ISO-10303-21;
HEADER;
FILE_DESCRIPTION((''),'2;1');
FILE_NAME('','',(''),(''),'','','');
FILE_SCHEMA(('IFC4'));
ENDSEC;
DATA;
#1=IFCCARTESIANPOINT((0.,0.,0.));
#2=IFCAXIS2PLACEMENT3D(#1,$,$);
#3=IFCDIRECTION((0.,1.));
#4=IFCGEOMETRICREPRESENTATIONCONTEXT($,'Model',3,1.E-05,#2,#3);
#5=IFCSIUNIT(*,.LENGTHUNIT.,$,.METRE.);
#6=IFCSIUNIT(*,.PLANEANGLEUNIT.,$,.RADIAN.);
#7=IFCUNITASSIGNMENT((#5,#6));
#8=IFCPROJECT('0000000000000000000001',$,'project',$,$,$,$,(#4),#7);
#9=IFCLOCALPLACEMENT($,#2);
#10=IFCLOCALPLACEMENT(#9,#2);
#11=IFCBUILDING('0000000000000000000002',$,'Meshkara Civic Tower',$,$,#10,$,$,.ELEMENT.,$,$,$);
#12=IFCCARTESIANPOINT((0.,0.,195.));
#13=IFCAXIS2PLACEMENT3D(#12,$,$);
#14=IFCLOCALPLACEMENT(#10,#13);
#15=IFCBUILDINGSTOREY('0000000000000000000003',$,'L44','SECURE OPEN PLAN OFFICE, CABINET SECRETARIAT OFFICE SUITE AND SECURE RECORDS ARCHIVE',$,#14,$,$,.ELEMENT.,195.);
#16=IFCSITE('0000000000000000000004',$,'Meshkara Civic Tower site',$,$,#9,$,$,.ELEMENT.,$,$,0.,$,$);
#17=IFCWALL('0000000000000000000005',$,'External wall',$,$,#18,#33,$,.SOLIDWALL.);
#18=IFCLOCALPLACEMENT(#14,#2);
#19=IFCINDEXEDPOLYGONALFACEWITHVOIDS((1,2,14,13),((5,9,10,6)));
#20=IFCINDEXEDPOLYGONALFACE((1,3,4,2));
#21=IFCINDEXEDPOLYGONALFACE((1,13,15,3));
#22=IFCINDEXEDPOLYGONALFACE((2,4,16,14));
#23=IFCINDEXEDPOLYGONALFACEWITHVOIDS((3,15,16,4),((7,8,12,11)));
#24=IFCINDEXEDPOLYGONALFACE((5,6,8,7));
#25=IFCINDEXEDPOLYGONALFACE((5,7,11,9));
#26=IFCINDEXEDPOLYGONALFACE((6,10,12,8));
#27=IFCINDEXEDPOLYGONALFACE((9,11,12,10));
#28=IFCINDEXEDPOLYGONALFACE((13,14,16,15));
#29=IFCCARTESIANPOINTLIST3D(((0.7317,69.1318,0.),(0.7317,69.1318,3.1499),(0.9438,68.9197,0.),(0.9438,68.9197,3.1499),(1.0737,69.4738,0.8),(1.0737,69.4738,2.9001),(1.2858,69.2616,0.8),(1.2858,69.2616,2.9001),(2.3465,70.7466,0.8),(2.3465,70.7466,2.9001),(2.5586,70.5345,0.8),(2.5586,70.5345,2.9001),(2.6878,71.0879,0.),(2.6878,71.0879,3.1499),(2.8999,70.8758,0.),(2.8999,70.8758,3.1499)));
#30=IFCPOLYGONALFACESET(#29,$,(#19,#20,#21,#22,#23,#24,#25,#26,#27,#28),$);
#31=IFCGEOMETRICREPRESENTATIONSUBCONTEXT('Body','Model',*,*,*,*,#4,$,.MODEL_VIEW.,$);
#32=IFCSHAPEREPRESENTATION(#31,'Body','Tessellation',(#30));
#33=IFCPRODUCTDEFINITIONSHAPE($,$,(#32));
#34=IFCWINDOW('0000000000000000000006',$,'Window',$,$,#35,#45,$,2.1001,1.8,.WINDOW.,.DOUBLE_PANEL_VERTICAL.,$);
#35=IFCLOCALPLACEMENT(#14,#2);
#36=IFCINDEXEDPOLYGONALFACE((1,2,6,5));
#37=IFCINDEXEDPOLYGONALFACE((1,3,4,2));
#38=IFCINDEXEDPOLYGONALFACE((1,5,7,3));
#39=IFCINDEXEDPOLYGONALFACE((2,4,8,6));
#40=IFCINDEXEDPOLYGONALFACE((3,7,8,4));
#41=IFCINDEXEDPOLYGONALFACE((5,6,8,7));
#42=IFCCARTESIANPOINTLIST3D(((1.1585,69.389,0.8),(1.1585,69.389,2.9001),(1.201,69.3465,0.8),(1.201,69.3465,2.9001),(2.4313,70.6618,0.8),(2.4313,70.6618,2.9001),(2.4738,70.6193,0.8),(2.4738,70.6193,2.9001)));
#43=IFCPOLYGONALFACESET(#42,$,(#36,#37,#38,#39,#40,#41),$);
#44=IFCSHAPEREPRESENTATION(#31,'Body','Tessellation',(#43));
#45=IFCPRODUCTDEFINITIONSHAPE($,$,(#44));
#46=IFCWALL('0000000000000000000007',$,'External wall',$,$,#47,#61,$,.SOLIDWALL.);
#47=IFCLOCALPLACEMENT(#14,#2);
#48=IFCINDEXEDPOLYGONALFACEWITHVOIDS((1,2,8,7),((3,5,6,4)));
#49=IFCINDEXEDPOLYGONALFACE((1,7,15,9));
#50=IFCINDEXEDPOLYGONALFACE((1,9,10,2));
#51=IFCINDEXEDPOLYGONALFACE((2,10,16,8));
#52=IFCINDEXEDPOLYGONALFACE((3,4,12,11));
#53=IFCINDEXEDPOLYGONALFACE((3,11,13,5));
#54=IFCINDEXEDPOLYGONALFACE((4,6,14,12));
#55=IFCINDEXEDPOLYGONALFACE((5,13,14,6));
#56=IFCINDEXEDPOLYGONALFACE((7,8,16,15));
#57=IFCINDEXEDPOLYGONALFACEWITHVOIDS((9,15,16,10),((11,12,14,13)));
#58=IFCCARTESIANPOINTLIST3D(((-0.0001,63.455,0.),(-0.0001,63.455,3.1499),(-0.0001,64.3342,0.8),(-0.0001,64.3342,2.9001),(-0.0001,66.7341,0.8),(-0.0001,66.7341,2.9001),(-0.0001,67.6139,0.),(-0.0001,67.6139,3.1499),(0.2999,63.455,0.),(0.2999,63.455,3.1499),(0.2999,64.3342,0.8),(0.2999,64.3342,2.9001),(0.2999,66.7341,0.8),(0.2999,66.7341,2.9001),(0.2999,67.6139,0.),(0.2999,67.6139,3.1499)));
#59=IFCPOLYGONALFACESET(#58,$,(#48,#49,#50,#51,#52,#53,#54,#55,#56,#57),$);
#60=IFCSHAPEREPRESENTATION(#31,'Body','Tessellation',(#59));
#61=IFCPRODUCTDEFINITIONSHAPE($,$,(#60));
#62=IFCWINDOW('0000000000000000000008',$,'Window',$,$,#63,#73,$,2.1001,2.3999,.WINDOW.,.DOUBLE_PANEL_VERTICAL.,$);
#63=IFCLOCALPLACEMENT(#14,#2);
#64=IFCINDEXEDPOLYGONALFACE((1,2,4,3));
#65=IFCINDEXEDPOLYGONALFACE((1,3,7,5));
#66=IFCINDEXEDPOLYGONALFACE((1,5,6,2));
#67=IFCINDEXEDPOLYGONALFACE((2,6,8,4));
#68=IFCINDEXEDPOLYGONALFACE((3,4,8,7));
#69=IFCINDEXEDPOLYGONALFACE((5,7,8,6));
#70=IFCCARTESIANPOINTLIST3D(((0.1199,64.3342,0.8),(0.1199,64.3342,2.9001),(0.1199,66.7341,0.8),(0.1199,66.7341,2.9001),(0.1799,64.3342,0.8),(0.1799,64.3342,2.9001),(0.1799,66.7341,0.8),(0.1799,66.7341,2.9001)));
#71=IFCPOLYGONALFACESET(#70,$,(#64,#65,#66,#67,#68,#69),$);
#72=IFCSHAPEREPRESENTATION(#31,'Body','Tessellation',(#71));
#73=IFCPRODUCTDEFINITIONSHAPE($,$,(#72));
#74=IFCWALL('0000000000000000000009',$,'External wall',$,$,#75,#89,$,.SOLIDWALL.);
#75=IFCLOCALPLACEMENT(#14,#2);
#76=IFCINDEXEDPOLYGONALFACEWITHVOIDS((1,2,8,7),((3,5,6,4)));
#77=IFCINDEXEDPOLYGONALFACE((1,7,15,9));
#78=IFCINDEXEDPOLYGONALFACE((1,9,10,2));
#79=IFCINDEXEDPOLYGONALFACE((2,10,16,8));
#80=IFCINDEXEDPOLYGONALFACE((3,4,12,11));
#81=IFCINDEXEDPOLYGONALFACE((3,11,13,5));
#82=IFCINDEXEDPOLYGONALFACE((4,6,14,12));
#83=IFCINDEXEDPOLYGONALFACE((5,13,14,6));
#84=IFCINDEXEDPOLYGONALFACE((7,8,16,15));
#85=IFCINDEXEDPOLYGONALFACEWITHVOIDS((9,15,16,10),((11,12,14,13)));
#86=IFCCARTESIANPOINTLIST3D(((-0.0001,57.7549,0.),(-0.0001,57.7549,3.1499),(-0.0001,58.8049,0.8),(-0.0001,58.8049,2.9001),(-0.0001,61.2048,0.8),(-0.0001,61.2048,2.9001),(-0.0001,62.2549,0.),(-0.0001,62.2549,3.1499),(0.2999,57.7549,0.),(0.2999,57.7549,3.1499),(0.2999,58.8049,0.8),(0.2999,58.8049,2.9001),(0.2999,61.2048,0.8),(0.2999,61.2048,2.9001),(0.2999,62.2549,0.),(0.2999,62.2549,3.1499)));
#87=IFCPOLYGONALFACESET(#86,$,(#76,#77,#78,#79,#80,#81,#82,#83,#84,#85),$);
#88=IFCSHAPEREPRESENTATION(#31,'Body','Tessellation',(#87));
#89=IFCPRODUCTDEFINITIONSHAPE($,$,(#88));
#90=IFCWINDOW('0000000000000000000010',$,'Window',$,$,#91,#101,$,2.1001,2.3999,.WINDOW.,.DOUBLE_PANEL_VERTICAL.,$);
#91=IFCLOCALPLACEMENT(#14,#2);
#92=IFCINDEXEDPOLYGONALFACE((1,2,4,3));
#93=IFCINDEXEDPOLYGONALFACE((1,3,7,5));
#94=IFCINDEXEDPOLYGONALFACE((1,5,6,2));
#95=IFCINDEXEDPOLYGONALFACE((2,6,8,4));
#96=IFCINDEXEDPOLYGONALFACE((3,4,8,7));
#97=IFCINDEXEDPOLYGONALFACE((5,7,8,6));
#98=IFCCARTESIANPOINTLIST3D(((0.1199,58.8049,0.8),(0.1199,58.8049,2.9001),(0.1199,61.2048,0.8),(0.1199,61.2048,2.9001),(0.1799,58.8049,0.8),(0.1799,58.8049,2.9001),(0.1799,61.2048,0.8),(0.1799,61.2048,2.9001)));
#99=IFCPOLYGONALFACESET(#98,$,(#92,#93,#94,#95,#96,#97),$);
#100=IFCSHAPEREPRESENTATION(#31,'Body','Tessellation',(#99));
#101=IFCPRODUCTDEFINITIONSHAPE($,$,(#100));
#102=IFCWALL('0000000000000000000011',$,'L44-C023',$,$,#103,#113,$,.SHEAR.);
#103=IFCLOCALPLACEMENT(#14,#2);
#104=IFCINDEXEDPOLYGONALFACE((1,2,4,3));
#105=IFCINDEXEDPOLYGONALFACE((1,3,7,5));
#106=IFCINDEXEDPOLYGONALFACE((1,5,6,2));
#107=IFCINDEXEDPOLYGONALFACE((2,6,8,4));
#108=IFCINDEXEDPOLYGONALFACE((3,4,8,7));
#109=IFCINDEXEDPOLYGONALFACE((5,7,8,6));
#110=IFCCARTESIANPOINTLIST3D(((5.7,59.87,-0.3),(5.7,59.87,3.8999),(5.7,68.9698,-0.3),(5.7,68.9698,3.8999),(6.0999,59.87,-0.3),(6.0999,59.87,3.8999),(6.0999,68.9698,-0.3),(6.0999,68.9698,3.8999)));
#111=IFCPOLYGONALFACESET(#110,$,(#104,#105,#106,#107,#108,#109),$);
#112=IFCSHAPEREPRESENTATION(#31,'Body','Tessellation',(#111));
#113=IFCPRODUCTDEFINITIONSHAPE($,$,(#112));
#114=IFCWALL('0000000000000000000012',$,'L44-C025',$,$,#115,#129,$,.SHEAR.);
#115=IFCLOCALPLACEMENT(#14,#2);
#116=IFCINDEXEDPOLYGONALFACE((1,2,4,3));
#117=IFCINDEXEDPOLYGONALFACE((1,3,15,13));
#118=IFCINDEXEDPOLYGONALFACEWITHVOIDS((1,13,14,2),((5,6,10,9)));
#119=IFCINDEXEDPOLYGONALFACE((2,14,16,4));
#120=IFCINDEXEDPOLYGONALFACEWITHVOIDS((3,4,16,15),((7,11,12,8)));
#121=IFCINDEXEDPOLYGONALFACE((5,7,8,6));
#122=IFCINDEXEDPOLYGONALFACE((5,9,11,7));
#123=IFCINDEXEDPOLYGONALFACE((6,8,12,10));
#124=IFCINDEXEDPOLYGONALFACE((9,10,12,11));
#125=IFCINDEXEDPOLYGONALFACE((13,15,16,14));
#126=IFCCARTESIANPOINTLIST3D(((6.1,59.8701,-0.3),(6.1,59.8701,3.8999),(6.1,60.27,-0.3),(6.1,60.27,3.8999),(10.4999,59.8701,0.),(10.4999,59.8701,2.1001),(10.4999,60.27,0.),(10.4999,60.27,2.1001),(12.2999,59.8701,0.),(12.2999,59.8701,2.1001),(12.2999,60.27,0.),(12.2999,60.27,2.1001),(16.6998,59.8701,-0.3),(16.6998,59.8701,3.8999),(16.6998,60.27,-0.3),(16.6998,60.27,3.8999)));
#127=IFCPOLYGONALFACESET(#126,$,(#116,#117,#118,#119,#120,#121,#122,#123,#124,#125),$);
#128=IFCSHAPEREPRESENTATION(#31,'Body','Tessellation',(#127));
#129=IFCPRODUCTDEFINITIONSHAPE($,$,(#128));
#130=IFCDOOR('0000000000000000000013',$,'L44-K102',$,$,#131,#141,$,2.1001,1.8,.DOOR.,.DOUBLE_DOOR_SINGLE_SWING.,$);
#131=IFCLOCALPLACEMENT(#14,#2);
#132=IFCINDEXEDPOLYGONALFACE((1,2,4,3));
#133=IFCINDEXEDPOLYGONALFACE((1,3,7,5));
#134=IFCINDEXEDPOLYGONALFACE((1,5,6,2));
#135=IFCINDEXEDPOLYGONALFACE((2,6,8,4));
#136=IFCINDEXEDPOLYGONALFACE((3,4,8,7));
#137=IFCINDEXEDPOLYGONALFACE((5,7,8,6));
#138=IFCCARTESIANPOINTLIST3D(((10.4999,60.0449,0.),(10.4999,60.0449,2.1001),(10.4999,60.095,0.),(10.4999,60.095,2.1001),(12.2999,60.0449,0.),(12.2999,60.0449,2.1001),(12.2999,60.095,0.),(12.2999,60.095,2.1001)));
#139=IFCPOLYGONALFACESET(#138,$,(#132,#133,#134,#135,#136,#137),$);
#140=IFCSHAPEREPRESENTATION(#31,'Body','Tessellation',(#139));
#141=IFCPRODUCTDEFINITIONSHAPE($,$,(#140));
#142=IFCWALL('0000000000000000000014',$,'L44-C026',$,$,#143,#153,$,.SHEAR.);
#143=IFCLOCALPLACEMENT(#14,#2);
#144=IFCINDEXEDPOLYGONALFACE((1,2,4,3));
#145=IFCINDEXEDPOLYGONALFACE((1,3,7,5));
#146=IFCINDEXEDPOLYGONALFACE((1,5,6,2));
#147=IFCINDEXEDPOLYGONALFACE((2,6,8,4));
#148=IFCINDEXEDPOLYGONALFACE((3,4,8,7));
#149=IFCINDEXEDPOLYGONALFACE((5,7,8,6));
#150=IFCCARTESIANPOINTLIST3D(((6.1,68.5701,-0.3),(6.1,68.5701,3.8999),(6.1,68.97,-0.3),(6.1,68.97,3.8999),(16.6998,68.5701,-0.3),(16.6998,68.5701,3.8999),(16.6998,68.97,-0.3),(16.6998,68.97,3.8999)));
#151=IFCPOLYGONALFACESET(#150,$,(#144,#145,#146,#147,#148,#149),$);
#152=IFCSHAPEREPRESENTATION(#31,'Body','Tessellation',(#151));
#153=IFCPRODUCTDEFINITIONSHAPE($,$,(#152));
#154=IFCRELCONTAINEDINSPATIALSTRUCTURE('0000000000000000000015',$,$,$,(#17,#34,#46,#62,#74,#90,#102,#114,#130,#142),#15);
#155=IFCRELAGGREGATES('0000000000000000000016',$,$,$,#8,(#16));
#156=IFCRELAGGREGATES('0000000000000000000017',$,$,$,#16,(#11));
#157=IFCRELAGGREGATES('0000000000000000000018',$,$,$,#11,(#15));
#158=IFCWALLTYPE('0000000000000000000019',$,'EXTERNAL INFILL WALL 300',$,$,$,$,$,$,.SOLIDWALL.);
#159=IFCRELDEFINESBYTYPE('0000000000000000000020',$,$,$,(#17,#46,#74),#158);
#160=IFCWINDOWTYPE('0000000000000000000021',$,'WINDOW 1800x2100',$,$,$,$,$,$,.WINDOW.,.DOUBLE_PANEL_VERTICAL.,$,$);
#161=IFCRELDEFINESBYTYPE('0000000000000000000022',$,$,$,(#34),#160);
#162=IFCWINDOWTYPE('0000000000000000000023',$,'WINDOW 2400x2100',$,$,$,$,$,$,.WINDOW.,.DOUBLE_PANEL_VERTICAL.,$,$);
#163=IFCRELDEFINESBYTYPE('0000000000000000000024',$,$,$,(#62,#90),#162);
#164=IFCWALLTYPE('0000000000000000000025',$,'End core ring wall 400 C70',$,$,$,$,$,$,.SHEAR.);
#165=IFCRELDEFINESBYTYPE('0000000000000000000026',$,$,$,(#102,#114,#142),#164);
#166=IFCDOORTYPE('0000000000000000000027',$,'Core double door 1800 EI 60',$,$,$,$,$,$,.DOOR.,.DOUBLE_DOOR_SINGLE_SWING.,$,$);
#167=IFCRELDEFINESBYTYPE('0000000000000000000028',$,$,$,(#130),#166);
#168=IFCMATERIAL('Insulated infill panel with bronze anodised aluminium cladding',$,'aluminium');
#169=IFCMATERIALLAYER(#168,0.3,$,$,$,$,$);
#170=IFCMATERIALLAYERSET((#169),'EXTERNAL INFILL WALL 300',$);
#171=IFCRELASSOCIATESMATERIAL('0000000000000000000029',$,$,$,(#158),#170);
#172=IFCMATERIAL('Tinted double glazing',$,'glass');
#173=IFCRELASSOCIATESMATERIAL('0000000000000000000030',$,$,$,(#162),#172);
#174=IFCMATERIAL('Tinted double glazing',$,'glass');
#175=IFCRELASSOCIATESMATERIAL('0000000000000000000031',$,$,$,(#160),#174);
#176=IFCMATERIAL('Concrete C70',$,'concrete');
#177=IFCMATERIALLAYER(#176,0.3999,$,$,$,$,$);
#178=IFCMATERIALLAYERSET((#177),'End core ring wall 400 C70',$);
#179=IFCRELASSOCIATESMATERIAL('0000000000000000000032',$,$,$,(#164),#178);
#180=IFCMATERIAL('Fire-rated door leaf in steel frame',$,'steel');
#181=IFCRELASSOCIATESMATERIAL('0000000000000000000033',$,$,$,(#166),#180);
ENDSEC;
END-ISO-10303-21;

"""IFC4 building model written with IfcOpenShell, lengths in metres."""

from ifc_helpers import new_model, si_unit, direction, frame, frame_2d, origin, place, context, subcontext, project, spatial, rectangle, extrude, material, layer, layer_set, type_object, element, fill, save


model = new_model("IFC4")

# Units and contexts
model_context = context("Model", 3, precision=1e-05, world=origin(), true_north=direction((0.0, 1.0)))
body_context = subcontext(model_context, "Body", "Model", "MODEL_VIEW")
ifc_project = project(units=[si_unit("LENGTHUNIT", "METRE"), si_unit("PLANEANGLEUNIT", "RADIAN")], contexts=[model_context])

# Site, building, storey
site_placement = place(None, origin())
site = spatial("IfcSite", under=ifc_project, at=site_placement, Name="Meshkara Civic Tower site", CompositionType="ELEMENT", RefElevation=0.0)
building_placement = place(site_placement, origin())
building = spatial("IfcBuilding", under=site, at=building_placement, Name="Meshkara Civic Tower", CompositionType="ELEMENT")
storey_placement = place(building_placement, frame((0.0, 0.0, 195.0)))
storey = spatial("IfcBuildingStorey", under=building, at=storey_placement, Name="L44", Description="SECURE OPEN PLAN OFFICE, CABINET SECRETARIAT OFFICE SUITE AND SECURE RECORDS ARCHIVE", CompositionType="ELEMENT", Elevation=195.0)

# Walls, openings, windows
ifc_material_1 = material(Name="Insulated infill panel with bronze anodised aluminium cladding", Category="aluminium")
ifc_layer_1 = layer(ifc_material_1, 0.3)
ifc_layer_set_1 = layer_set([ifc_layer_1], Name="EXTERNAL INFILL WALL 300")
wall_type_1 = type_object("IfcWallType", Name="EXTERNAL INFILL WALL 300", PredefinedType="SOLIDWALL", material=ifc_layer_set_1)
ifc_material_2 = material(Name="Tinted double glazing", Category="glass")
window_type_1 = type_object("IfcWindowType", Name="WINDOW 2400x2100", PartitioningType="DOUBLE_PANEL_VERTICAL", PredefinedType="WINDOW", material=ifc_material_2)
wall_1_placement = place(storey_placement, frame((2.7939, 70.9819, 0.0), z_axis=(0.0, 0.0, 1.0), x_axis=(-0.707107, -0.707107, 0.0)))
wall_1 = element("IfcWall", 1, at=wall_1_placement, inside=storey, type_object=wall_type_1, Name="External wall", PredefinedType="SOLIDWALL", context=body_context, shape_type="SweptSolid", body=[
    extrude(rectangle(XDim=2.7664, YDim=0.3, at=frame_2d((1.3833, 0.0))), origin(), (0.0, 0.0, 1.0), 3.1499),
])
opening_1_placement = place(wall_1_placement, frame((0.4829, 0.0, 0.8)))
opening_1 = element("IfcOpeningElement", 2, at=opening_1_placement, cuts=wall_1, PredefinedType="OPENING", context=body_context, shape_type="SweptSolid", body=[
    extrude(rectangle(XDim=1.8, YDim=2.1001, at=frame_2d((0.8999, 1.05))), frame((0.0, 0.1599, 0.0), z_axis=(0.0, -1.0, 0.0), x_axis=(1.0, 0.0, 0.0)), (0.0, 0.0, 1.0), 0.3201),
])
ifc_material_3 = material(Name="Tinted double glazing", Category="glass")
window_type_2 = type_object("IfcWindowType", Name="WINDOW 1800x2100", PartitioningType="DOUBLE_PANEL_VERTICAL", PredefinedType="WINDOW", material=ifc_material_3)
window_1_placement = place(opening_1_placement, origin())
window_1 = element("IfcWindow", 3, at=window_1_placement, inside=storey, type_object=window_type_2, Name="Window", OverallHeight=2.1001, OverallWidth=1.8, PartitioningType="DOUBLE_PANEL_VERTICAL", PredefinedType="WINDOW", context=body_context, shape_type="SweptSolid", body=[
    extrude(rectangle(XDim=1.8, YDim=2.1001, at=frame_2d((0.8999, 1.05))), frame((0.0, 0.03, 0.0), z_axis=(0.0, -1.0, 0.0), x_axis=(1.0, 0.0, 0.0)), (0.0, 0.0, 1.0), 0.0601),
])
fill(opening_1, window_1)
wall_2_placement = place(storey_placement, frame((0.1499, 67.614, 0.0), z_axis=(0.0, 0.0, 1.0), x_axis=(0.0, -1.0, 0.0)))
wall_2 = element("IfcWall", 4, at=wall_2_placement, inside=storey, type_object=wall_type_1, Name="External wall", PredefinedType="SOLIDWALL", context=body_context, shape_type="SweptSolid", body=[
    extrude(rectangle(XDim=4.1589, YDim=0.3, at=frame_2d((2.0796, 0.0))), origin(), (0.0, 0.0, 1.0), 3.1499),
])
opening_2_placement = place(wall_2_placement, frame((0.8799, 0.0, 0.8)))
opening_2 = element("IfcOpeningElement", 5, at=opening_2_placement, cuts=wall_2, PredefinedType="OPENING", context=body_context, shape_type="SweptSolid", body=[
    extrude(rectangle(XDim=2.3999, YDim=2.1001, at=frame_2d((1.2, 1.05))), frame((0.0, 0.1599, 0.0), z_axis=(0.0, -1.0, 0.0), x_axis=(1.0, 0.0, 0.0)), (0.0, 0.0, 1.0), 0.3201),
])
window_2_placement = place(opening_2_placement, origin())
window_2 = element("IfcWindow", 6, at=window_2_placement, inside=storey, type_object=window_type_1, Name="Window", OverallHeight=2.1001, OverallWidth=2.3999, PartitioningType="DOUBLE_PANEL_VERTICAL", PredefinedType="WINDOW", context=body_context, shape_type="SweptSolid", body=[
    extrude(rectangle(XDim=2.3999, YDim=2.1001, at=frame_2d((1.2, 1.05))), frame((0.0, 0.03, 0.0), z_axis=(0.0, -1.0, 0.0), x_axis=(1.0, 0.0, 0.0)), (0.0, 0.0, 1.0), 0.0601),
])
fill(opening_2, window_2)
wall_3_placement = place(storey_placement, frame((0.1499, 62.2549, 0.0), z_axis=(0.0, 0.0, 1.0), x_axis=(0.0, -1.0, 0.0)))
wall_3 = element("IfcWall", 7, at=wall_3_placement, inside=storey, type_object=wall_type_1, Name="External wall", PredefinedType="SOLIDWALL", context=body_context, shape_type="SweptSolid", body=[
    extrude(rectangle(XDim=4.5, YDim=0.3, at=frame_2d((2.25, 0.0))), origin(), (0.0, 0.0, 1.0), 3.1499),
])
opening_3_placement = place(wall_3_placement, frame((1.05, 0.0, 0.8)))
opening_3 = element("IfcOpeningElement", 8, at=opening_3_placement, cuts=wall_3, PredefinedType="OPENING", context=body_context, shape_type="SweptSolid", body=[
    extrude(rectangle(XDim=2.3999, YDim=2.1001, at=frame_2d((1.2, 1.05))), frame((0.0, 0.1599, 0.0), z_axis=(0.0, -1.0, 0.0), x_axis=(1.0, 0.0, 0.0)), (0.0, 0.0, 1.0), 0.3201),
])
window_3_placement = place(opening_3_placement, origin())
window_3 = element("IfcWindow", 9, at=window_3_placement, inside=storey, type_object=window_type_1, Name="Window", OverallHeight=2.1001, OverallWidth=2.3999, PartitioningType="DOUBLE_PANEL_VERTICAL", PredefinedType="WINDOW", context=body_context, shape_type="SweptSolid", body=[
    extrude(rectangle(XDim=2.3999, YDim=2.1001, at=frame_2d((1.2, 1.05))), frame((0.0, 0.03, 0.0), z_axis=(0.0, -1.0, 0.0), x_axis=(1.0, 0.0, 0.0)), (0.0, 0.0, 1.0), 0.0601),
])
fill(opening_3, window_3)

# Wall
ifc_material_4 = material(Name="Concrete C70", Category="concrete")
ifc_layer_2 = layer(ifc_material_4, 0.3999)
ifc_layer_set_2 = layer_set([ifc_layer_2], Name="End core ring wall 400 C70")
wall_type_2 = type_object("IfcWallType", Name="End core ring wall 400 C70", PredefinedType="SHEAR", material=ifc_layer_set_2)
wall_4_placement = place(storey_placement, frame((5.8999, 59.8701, -0.3), z_axis=(0.0, 0.0, 1.0), x_axis=(0.0, 1.0, 0.0)))
element("IfcWall", 10, at=wall_4_placement, inside=storey, type_object=wall_type_2, Name="L44-C023", PredefinedType="SHEAR", context=body_context, shape_type="SweptSolid", body=[
    extrude(rectangle(XDim=9.0999, YDim=0.3999, at=frame_2d((4.5498, 0.0))), origin(), (0.0, 0.0, 1.0), 4.2),
])

# Wall, opening, door
wall_5_placement = place(storey_placement, frame((6.1001, 60.0701, -0.3), z_axis=(0.0, 0.0, 1.0), x_axis=(1.0, 0.0, 0.0)))
wall_5 = element("IfcWall", 11, at=wall_5_placement, inside=storey, type_object=wall_type_2, Name="L44-C025", PredefinedType="SHEAR", context=body_context, shape_type="SweptSolid", body=[
    extrude(rectangle(XDim=10.5999, YDim=0.3999, at=frame_2d((5.2998, 0.0))), origin(), (0.0, 0.0, 1.0), 4.2),
])
opening_4_placement = place(wall_5_placement, frame((4.3999, 0.0, 0.3)))
opening_4 = element("IfcOpeningElement", 12, at=opening_4_placement, cuts=wall_5, PredefinedType="OPENING", context=body_context, shape_type="SweptSolid", body=[
    extrude(rectangle(XDim=1.8, YDim=2.1001, at=frame_2d((0.8999, 1.05))), frame((0.0, 0.21, 0.0), z_axis=(0.0, -1.0, 0.0), x_axis=(1.0, 0.0, 0.0)), (0.0, 0.0, 1.0), 0.4199),
])
ifc_material_5 = material(Name="Fire-rated door leaf in steel frame", Category="steel")
door_type_1 = type_object("IfcDoorType", Name="Core double door 1800 EI 60", OperationType="DOUBLE_DOOR_SINGLE_SWING", PredefinedType="DOOR", material=ifc_material_5)
door_1_placement = place(opening_4_placement, origin())
door_1 = element("IfcDoor", 13, at=door_1_placement, inside=storey, type_object=door_type_1, Name="L44-K102", OperationType="DOUBLE_DOOR_SINGLE_SWING", OverallHeight=2.1001, OverallWidth=1.8, PredefinedType="DOOR", context=body_context, shape_type="SweptSolid", body=[
    extrude(rectangle(XDim=1.8, YDim=2.1001, at=frame_2d((0.8999, 1.05))), frame((0.0, 0.0249, 0.0), z_axis=(0.0, -1.0, 0.0), x_axis=(1.0, 0.0, 0.0)), (0.0, 0.0, 1.0), 0.05),
])
fill(opening_4, door_1)

# Wall
wall_6_placement = place(storey_placement, frame((6.1001, 68.77, -0.3), z_axis=(0.0, 0.0, 1.0), x_axis=(1.0, 0.0, 0.0)))
element("IfcWall", 14, at=wall_6_placement, inside=storey, type_object=wall_type_2, Name="L44-C026", PredefinedType="SHEAR", context=body_context, shape_type="SweptSolid", body=[
    extrude(rectangle(XDim=10.5999, YDim=0.3999, at=frame_2d((5.2998, 0.0))), origin(), (0.0, 0.0, 1.0), 4.2),
])

save(model, "model.ifc")
